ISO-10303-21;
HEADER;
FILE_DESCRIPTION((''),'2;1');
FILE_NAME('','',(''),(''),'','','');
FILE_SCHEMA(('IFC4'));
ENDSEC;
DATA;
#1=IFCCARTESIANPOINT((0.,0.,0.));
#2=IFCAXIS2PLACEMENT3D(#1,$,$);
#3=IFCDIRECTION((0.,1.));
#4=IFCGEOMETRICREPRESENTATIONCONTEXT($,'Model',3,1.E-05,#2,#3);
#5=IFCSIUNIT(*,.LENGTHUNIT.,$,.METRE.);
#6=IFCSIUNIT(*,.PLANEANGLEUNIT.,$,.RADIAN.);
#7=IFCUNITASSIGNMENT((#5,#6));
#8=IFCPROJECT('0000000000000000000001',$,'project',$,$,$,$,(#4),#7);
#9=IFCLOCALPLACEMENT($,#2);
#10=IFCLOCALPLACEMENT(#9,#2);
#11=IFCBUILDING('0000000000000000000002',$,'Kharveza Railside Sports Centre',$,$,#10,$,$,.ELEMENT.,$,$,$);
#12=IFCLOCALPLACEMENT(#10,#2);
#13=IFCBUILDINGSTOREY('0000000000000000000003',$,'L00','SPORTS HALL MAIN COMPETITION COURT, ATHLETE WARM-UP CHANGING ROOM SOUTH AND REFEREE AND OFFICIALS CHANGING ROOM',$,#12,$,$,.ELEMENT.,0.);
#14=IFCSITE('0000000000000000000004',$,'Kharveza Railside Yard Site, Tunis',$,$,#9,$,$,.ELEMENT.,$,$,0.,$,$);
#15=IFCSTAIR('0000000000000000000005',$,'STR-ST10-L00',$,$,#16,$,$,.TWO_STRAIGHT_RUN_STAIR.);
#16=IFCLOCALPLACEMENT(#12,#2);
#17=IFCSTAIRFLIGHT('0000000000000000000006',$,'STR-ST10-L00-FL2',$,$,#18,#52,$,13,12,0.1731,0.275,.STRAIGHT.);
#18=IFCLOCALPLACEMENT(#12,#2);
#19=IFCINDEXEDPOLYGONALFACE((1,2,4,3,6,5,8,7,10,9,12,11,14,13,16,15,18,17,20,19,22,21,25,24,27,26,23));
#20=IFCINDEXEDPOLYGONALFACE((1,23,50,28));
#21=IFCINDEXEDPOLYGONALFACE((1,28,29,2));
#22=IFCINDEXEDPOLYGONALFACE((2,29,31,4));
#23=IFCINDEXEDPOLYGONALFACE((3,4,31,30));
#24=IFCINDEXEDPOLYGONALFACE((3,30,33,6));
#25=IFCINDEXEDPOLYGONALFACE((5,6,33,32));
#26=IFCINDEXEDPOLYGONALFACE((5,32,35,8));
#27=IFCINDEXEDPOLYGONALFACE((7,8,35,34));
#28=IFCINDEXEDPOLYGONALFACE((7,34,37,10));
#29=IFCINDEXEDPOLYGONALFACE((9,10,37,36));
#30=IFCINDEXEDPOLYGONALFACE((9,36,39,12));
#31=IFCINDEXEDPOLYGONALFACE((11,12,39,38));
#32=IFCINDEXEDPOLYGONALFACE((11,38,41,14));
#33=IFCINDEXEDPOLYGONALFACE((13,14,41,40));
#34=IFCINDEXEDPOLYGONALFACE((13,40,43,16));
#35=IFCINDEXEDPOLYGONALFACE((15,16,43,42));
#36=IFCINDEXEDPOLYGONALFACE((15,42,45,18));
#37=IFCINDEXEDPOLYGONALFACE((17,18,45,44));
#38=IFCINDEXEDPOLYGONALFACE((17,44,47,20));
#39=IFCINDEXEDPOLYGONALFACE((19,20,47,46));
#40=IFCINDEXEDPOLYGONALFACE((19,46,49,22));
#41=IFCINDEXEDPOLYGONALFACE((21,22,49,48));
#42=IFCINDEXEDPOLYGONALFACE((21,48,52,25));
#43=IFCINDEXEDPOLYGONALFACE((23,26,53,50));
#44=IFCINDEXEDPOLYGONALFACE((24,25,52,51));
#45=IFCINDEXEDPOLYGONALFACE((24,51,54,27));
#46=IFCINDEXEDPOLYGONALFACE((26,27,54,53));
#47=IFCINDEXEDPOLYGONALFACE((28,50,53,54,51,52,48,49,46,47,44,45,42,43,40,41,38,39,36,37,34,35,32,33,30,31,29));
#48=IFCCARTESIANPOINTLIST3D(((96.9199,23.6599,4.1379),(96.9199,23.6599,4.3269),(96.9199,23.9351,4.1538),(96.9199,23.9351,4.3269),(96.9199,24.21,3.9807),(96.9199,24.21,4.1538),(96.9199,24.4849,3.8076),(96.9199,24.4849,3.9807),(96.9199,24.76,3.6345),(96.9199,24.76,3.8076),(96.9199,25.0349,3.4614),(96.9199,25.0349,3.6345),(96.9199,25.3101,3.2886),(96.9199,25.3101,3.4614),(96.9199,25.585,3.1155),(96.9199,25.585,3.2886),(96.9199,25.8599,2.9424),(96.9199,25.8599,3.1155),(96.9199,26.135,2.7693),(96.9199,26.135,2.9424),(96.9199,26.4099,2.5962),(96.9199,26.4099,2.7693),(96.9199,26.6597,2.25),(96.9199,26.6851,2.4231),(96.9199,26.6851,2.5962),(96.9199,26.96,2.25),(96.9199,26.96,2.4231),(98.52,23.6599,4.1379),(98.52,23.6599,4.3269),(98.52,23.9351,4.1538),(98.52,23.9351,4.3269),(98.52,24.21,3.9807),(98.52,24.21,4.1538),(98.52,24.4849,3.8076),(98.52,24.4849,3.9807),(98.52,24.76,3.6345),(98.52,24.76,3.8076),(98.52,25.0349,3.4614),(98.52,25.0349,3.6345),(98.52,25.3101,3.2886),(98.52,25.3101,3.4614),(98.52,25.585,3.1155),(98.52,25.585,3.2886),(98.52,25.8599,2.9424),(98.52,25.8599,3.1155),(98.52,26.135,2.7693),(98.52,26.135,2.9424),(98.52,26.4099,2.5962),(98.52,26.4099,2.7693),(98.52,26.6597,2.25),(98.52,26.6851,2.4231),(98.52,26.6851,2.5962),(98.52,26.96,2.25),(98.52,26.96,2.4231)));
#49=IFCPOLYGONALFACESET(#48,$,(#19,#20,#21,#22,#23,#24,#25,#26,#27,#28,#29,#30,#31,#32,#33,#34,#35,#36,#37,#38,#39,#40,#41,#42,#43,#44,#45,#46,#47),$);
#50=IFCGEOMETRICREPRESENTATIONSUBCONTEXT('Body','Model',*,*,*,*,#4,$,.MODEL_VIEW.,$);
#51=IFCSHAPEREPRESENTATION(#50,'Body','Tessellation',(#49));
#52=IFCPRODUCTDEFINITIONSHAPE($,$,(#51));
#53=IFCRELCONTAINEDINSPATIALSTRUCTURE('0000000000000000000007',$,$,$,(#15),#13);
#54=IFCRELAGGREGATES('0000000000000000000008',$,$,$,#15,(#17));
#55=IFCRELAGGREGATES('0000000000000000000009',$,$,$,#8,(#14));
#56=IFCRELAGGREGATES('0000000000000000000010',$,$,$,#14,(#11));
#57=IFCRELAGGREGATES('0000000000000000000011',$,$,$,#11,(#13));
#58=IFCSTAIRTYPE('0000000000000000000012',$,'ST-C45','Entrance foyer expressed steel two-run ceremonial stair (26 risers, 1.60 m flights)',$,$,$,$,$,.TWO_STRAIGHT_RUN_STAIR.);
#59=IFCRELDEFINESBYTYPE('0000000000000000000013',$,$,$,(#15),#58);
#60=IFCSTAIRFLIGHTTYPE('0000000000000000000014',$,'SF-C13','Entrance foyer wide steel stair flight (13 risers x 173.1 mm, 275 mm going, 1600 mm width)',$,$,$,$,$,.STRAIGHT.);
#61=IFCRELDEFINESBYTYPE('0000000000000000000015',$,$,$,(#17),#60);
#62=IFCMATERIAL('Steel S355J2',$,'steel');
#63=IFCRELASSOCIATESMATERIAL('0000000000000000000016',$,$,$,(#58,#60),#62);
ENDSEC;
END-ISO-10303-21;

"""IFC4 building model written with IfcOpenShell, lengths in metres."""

from ifc_helpers import new_model, si_unit, direction, frame, origin, place, context, subcontext, project, spatial, polyline, outline, extrude, material, type_object, element, aggregate, save


model = new_model("IFC4")

# Units and contexts
model_context = context("Model", 3, precision=1e-05, world=origin(), true_north=direction((0.0, 1.0)))
body_context = subcontext(model_context, "Body", "Model", "MODEL_VIEW")
ifc_project = project(units=[si_unit("LENGTHUNIT", "METRE"), si_unit("PLANEANGLEUNIT", "RADIAN")], contexts=[model_context])

# Site, building, storey
site_placement = place(None, origin())
site = spatial("IfcSite", under=ifc_project, at=site_placement, Name="Kharveza Railside Yard Site, Tunis", CompositionType="ELEMENT", RefElevation=0.0)
building_placement = place(site_placement, origin())
building = spatial("IfcBuilding", under=site, at=building_placement, Name="Kharveza Railside Sports Centre", CompositionType="ELEMENT")
storey_placement = place(building_placement, origin())
storey = spatial("IfcBuildingStorey", under=building, at=storey_placement, Name="L00", Description="SPORTS HALL MAIN COMPETITION COURT, ATHLETE WARM-UP CHANGING ROOM SOUTH AND REFEREE AND OFFICIALS CHANGING ROOM", CompositionType="ELEMENT", Elevation=0.0)

# Shared definitions
ifc_material_1 = material(Name="Steel S355J2", Category="steel")

# Stair, stair flight
stair_type = type_object("IfcStairType", Name="ST-C45", Description="Entrance foyer expressed steel two-run ceremonial stair (26 risers, 1.60 m flights)", PredefinedType="TWO_STRAIGHT_RUN_STAIR", material=ifc_material_1)
stair_placement = place(storey_placement, origin())
stair = element("IfcStair", 1, at=stair_placement, inside=storey, type_object=stair_type, Name="STR-ST10-L00", PredefinedType="TWO_STRAIGHT_RUN_STAIR")
stair_flight_type = type_object("IfcStairFlightType", Name="SF-C13", Description="Entrance foyer wide steel stair flight (13 risers x 173.1 mm, 275 mm going, 1600 mm width)", PredefinedType="STRAIGHT", material=ifc_material_1)
stair_flight_placement = place(storey_placement, frame((97.72, 26.96, 2.25), z_axis=(0.0, 0.0, 1.0), x_axis=(0.0, -1.0, 0.0)))
stair_flight = element("IfcStairFlight", 2, at=stair_flight_placement, type_object=stair_flight_type, Name="STR-ST10-L00-FL2", NumberOfRisers=13, NumberOfTreads=12, PredefinedType="STRAIGHT", RiserHeight=0.1731, TreadLength=0.275, context=body_context, shape_type="SweptSolid", body=[
    extrude(outline(polyline([(0.0, 0.0), (0.0, 0.1731), (0.2749, 0.1731), (0.2749, 0.3462), (0.55, 0.3462), (0.55, 0.5193), (0.825, 0.5193), (0.825, 0.6924), (1.1001, 0.6924), (1.1001, 0.8655), (1.375, 0.8655), (1.375, 1.0386), (1.6499, 1.0386), (1.6499, 1.2114), (1.925, 1.2114), (1.925, 1.3845), (2.2, 1.3845), (2.2, 1.5576), (2.4751, 1.5576), (2.4751, 1.7307), (2.75, 1.7307), (2.75, 1.9038), (3.0249, 1.9038), (3.0249, 2.0769), (3.3, 2.0769), (3.3, 2.25), (3.3, 1.8879), (0.3003, 0.0), (0.0, 0.0)])), frame((0.0, 0.8, 0.0), z_axis=(0.0, -1.0, 0.0), x_axis=(1.0, 0.0, 0.0)), (0.0, 0.0, 1.0), 1.6001),
])
aggregate(stair, [stair_flight])

save(model, "model.ifc")
